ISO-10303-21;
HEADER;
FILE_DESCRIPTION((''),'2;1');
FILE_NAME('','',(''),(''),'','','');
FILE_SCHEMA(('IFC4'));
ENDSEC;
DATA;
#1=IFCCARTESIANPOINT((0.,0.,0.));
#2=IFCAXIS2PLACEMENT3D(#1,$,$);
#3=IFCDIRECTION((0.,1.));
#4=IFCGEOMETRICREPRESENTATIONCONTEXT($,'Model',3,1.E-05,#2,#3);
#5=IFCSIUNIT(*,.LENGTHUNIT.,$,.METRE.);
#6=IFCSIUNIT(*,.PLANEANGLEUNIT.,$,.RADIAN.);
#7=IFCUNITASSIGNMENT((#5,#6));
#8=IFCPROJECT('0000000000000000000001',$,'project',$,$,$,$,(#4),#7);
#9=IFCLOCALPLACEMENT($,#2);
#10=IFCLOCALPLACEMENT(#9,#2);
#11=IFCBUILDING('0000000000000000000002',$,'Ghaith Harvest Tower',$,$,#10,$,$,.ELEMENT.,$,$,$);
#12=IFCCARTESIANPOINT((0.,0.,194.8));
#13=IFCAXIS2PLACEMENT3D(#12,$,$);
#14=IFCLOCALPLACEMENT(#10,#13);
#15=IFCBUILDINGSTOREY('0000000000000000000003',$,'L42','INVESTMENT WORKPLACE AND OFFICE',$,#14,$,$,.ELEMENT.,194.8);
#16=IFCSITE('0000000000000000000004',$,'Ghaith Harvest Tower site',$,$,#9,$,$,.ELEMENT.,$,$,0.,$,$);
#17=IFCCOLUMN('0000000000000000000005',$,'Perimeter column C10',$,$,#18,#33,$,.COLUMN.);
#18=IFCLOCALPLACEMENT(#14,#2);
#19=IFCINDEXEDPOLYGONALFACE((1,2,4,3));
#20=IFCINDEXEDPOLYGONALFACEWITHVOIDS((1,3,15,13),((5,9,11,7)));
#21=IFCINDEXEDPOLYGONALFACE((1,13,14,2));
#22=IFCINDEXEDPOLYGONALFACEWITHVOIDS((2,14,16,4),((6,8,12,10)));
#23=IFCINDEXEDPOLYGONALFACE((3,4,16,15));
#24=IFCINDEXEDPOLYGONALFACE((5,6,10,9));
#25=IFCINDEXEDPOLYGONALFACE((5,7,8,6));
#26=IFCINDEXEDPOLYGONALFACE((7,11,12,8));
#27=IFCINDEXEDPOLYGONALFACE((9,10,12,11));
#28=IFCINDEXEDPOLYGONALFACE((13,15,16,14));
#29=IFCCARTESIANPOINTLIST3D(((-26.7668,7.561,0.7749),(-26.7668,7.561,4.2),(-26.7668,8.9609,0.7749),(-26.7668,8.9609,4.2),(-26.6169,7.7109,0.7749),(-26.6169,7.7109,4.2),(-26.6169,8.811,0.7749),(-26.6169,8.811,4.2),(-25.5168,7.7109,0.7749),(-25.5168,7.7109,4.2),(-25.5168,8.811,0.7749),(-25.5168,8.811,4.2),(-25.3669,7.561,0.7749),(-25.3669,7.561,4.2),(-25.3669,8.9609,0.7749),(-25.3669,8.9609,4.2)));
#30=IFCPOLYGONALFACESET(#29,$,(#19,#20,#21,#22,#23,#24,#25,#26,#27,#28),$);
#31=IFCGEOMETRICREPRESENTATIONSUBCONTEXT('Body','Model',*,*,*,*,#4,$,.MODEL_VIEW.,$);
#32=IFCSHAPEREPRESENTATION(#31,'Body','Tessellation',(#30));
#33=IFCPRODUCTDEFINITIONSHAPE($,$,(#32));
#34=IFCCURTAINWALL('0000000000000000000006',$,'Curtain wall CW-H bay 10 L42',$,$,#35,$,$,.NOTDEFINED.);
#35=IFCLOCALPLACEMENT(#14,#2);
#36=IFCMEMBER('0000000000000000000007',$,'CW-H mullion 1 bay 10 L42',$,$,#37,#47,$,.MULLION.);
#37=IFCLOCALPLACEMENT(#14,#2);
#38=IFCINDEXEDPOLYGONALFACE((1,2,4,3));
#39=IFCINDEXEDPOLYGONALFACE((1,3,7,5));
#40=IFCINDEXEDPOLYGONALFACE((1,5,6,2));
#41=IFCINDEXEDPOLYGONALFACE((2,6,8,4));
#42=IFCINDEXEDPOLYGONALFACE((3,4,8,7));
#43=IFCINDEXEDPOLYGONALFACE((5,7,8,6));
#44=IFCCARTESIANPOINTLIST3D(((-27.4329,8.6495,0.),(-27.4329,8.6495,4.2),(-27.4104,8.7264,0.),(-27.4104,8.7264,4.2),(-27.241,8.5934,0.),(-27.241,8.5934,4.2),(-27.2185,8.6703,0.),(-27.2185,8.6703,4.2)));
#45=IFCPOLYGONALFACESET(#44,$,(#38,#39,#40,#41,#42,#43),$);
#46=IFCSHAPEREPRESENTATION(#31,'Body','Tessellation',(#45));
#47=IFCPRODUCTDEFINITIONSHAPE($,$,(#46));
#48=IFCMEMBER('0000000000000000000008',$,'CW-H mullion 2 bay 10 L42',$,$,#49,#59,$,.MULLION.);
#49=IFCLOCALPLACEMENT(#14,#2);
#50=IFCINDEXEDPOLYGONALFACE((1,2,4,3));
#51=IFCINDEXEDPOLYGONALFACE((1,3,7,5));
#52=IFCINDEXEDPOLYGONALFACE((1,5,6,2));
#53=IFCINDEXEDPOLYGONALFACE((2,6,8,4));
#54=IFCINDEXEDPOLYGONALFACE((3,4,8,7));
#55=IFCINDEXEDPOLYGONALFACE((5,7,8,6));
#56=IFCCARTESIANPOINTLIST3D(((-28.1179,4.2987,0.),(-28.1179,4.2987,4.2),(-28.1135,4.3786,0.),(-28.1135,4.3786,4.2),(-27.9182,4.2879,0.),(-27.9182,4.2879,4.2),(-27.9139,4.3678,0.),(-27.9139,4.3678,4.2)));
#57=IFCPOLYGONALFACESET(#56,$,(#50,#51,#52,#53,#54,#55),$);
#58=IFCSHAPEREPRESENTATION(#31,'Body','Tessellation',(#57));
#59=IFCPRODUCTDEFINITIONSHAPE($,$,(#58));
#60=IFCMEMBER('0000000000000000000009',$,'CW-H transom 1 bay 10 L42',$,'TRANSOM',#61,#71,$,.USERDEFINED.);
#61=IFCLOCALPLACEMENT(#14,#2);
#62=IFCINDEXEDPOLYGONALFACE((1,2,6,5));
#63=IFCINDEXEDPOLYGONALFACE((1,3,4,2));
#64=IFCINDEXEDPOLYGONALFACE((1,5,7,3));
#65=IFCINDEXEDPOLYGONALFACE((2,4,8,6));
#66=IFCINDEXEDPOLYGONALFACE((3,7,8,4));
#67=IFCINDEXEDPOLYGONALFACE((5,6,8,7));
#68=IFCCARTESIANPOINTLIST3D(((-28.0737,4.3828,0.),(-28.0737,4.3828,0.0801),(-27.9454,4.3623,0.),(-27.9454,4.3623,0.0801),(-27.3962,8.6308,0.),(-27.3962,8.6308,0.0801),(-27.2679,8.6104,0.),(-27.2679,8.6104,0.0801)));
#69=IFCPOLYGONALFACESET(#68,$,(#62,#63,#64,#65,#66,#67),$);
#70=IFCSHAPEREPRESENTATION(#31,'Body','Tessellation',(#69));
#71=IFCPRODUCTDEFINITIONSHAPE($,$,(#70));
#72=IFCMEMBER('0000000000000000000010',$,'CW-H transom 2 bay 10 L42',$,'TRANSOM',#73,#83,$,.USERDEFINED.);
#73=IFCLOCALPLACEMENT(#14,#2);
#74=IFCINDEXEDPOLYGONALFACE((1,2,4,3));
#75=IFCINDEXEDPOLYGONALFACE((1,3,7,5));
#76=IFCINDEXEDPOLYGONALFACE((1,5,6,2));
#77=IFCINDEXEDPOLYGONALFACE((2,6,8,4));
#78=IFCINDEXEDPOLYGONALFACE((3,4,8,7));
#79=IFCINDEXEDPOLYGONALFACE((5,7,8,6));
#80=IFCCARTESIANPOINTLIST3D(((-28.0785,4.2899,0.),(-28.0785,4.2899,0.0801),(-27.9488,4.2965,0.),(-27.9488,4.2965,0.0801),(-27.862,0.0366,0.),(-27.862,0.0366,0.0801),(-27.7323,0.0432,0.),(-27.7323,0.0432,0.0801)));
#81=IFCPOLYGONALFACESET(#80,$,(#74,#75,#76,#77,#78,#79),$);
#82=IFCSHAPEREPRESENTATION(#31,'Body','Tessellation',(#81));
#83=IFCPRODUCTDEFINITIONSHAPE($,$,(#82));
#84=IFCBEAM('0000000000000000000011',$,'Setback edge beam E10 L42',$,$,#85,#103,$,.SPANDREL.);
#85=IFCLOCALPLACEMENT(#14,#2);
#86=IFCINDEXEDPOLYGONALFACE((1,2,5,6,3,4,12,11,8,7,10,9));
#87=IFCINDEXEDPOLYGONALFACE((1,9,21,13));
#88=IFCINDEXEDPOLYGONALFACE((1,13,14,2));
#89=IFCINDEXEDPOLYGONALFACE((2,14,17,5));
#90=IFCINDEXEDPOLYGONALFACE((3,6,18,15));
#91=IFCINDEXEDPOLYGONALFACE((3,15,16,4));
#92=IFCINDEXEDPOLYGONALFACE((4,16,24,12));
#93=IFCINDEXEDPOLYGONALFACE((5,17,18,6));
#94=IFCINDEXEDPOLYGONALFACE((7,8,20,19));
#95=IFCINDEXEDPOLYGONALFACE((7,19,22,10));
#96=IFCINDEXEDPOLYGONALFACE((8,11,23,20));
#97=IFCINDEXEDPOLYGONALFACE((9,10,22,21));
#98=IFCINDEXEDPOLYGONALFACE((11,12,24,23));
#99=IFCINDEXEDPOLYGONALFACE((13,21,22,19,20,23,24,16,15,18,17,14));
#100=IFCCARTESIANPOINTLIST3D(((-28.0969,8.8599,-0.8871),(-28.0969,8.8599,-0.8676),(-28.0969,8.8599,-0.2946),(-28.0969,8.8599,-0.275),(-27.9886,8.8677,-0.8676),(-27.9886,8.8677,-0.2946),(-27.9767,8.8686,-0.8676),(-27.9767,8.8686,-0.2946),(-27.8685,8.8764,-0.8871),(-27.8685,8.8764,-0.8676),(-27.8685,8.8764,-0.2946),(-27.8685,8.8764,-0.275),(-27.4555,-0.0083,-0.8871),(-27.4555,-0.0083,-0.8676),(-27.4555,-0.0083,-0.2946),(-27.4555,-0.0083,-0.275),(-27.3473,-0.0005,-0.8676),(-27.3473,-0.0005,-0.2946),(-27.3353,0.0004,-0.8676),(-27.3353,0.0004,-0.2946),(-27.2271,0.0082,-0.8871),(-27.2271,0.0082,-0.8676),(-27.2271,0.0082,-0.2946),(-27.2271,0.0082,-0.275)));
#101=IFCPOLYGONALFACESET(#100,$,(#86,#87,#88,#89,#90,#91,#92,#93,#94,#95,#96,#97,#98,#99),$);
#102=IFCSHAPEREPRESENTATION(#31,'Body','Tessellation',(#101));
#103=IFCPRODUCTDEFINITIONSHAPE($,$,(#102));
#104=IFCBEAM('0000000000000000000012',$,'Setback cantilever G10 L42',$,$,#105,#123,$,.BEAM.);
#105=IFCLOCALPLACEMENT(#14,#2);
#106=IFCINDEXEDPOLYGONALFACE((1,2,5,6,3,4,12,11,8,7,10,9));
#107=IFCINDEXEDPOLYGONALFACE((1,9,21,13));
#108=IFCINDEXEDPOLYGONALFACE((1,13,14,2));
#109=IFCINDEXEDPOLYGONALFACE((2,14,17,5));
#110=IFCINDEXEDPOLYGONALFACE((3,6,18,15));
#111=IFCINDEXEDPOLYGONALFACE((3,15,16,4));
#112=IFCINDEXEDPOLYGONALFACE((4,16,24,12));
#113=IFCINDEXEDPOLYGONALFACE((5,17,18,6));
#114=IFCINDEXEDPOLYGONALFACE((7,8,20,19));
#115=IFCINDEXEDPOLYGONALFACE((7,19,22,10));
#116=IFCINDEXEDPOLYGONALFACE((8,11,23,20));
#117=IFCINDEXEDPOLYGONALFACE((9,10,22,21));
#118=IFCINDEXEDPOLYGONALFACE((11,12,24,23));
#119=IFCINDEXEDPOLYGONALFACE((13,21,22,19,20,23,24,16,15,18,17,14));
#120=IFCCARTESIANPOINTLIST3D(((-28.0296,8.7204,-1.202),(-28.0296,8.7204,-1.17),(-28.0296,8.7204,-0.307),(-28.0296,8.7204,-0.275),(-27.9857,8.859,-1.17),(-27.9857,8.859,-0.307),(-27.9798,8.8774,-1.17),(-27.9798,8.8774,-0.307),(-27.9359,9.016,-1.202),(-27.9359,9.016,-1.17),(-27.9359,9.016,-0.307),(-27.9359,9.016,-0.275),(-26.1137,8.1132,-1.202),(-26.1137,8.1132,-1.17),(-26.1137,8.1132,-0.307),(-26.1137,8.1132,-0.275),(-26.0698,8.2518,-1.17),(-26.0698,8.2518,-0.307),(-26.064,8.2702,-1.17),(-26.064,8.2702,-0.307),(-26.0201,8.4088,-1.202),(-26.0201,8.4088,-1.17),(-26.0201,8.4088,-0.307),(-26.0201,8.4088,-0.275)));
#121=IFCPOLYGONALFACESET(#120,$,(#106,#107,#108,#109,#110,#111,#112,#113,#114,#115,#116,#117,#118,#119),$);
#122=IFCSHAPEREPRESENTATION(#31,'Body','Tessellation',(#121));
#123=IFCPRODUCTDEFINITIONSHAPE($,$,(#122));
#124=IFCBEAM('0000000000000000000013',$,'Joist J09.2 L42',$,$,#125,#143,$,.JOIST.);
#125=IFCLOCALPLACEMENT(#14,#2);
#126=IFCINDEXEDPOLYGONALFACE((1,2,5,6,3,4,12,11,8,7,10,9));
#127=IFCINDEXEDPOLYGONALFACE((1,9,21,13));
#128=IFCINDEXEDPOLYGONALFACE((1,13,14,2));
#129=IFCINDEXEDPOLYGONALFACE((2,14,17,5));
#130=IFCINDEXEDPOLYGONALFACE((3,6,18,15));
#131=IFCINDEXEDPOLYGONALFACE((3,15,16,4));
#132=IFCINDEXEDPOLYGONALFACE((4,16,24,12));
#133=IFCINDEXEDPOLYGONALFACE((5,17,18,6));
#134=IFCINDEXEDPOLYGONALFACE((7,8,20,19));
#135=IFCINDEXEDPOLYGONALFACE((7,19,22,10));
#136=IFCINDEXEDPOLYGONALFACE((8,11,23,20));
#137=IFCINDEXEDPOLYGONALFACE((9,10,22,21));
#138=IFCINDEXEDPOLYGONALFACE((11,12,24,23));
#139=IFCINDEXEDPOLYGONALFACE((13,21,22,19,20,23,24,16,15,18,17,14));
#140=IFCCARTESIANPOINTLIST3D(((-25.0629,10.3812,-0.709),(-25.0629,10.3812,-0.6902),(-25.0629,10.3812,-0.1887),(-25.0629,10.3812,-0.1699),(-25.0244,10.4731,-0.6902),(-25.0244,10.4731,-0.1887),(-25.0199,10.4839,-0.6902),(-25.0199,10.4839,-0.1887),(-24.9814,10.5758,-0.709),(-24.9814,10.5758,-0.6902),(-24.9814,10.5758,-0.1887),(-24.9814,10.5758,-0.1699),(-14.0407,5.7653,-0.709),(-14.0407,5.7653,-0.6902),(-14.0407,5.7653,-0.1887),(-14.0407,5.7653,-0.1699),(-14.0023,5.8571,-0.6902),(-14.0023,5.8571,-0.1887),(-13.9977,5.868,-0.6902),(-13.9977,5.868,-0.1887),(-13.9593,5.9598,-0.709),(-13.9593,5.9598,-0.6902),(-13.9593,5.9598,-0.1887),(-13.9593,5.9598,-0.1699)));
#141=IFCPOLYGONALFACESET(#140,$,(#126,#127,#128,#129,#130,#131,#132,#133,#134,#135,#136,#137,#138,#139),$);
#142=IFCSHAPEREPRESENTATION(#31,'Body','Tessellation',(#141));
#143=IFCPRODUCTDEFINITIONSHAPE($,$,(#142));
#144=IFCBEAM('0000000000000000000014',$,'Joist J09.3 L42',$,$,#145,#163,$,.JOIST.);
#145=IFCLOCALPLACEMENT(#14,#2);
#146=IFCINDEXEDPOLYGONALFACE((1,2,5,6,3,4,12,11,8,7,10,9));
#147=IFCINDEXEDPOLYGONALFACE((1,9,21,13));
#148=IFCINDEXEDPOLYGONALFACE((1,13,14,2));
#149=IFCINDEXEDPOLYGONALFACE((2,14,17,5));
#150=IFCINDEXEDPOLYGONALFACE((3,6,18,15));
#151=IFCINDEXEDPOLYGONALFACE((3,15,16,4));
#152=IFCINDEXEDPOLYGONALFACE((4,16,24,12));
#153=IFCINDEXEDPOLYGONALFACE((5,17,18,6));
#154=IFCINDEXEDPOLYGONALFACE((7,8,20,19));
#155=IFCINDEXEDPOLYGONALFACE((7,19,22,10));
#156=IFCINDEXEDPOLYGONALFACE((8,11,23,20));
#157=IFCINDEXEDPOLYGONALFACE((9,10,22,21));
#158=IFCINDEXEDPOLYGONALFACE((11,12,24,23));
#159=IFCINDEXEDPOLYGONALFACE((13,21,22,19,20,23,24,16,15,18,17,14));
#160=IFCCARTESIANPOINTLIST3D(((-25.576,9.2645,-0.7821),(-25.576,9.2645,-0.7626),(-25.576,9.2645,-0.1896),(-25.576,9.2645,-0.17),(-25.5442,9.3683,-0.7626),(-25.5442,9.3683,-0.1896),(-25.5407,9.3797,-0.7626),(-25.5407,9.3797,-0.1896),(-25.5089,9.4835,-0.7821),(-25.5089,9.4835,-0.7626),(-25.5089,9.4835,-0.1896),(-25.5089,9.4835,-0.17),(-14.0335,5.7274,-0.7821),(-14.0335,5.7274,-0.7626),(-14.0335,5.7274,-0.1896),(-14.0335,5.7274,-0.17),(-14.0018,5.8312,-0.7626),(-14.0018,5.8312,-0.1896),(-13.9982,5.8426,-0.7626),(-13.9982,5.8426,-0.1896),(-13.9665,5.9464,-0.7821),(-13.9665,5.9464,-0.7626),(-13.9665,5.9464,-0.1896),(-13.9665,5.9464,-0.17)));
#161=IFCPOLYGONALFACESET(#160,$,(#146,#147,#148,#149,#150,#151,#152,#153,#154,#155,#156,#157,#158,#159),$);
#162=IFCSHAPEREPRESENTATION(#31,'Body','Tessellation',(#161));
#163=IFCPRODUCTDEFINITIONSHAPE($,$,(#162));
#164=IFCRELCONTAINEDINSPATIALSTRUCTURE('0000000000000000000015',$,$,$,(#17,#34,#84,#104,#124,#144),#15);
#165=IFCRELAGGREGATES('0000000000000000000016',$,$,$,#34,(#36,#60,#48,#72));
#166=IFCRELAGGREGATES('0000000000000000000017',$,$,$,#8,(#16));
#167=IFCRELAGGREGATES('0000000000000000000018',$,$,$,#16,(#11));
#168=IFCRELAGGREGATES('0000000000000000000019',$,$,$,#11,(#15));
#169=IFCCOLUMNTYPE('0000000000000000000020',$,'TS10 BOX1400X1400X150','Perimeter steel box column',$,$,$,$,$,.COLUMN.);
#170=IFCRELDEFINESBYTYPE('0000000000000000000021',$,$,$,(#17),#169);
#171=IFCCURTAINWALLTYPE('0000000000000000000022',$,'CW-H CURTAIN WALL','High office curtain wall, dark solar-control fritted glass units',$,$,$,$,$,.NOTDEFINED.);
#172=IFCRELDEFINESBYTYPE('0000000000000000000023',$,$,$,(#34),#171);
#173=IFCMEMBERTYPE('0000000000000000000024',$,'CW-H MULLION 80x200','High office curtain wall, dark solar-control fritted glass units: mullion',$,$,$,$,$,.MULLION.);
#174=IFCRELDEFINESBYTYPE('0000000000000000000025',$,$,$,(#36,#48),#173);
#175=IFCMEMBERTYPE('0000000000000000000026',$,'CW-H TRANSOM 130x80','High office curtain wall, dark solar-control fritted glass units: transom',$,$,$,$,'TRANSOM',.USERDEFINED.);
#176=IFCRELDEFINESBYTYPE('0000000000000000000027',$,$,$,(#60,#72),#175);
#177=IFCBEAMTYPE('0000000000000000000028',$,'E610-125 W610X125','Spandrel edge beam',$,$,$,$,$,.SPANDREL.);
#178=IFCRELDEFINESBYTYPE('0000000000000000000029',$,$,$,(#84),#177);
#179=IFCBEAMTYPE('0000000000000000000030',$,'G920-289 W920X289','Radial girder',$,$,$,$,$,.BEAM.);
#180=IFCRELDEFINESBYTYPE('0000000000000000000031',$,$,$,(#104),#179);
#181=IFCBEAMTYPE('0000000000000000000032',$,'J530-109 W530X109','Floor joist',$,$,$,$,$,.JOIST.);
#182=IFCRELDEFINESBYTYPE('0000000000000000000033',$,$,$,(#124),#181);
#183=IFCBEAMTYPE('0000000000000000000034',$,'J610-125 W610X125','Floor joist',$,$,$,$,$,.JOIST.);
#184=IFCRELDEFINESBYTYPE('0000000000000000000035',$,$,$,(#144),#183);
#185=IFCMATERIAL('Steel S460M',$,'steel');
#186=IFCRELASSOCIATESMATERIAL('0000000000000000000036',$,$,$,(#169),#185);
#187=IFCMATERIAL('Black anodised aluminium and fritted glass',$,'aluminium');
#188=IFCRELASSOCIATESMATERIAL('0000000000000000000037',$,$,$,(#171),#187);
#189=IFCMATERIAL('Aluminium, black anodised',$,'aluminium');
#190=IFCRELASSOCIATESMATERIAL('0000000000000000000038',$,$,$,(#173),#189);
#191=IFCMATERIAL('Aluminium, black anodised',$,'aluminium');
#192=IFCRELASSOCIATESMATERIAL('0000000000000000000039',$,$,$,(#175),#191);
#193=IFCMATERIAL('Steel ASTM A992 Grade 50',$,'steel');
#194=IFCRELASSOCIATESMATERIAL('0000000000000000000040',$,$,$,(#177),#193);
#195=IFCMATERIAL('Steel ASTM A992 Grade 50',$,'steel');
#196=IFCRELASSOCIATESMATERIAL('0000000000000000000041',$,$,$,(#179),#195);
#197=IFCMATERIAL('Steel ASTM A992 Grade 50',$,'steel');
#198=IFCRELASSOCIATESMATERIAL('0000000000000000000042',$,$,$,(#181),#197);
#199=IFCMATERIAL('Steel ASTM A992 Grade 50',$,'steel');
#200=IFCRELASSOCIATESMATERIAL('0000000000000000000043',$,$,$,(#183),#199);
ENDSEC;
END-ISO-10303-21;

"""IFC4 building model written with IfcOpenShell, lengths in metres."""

from ifc_helpers import new_model, si_unit, direction, frame, origin, origin_2d, place, context, subcontext, project, spatial, rectangle, hollow_rectangle, i_section, extrude, material, material_profile, profile_set, type_object, element, aggregate, save


model = new_model("IFC4")

# Units and contexts
model_context = context("Model", 3, precision=1e-05, world=origin(), true_north=direction((0.0, 1.0)))
body_context = subcontext(model_context, "Body", "Model", "MODEL_VIEW")
ifc_project = project(units=[si_unit("LENGTHUNIT", "METRE"), si_unit("PLANEANGLEUNIT", "RADIAN")], contexts=[model_context])

# Site, building, storey
site_placement = place(None, origin())
site = spatial("IfcSite", under=ifc_project, at=site_placement, Name="Ghaith Harvest Tower site", CompositionType="ELEMENT", RefElevation=0.0)
building_placement = place(site_placement, origin())
building = spatial("IfcBuilding", under=site, at=building_placement, Name="Ghaith Harvest Tower", CompositionType="ELEMENT")
storey_placement = place(building_placement, frame((0.0, 0.0, 194.8)))
storey = spatial("IfcBuildingStorey", under=building, at=storey_placement, Name="L42", Description="INVESTMENT WORKPLACE AND OFFICE", CompositionType="ELEMENT", Elevation=194.8)

# Column
ifc_material_1 = material(Name="Steel S460M", Category="steel")
ifc_material_profile_1 = material_profile(ifc_material_1, hollow_rectangle(XDim=1.3999, YDim=1.3999, WallThickness=0.1499, at=origin_2d()), Name="BOX1400X1400X150")
ifc_profile_set_1 = profile_set([ifc_material_profile_1], Name="Steel S460M")
column_type = type_object("IfcColumnType", Name="TS10 BOX1400X1400X150", Description="Perimeter steel box column", PredefinedType="COLUMN", material=ifc_profile_set_1)
column_placement = place(storey_placement, frame((-26.0669, 8.261, 0.7749), z_axis=(0.0, 0.0, 1.0), x_axis=(1.0, 0.0, 0.0)))
element("IfcColumn", 1, at=column_placement, inside=storey, type_object=column_type, Name="Perimeter column C10", PredefinedType="COLUMN", context=body_context, shape_type="SweptSolid", body=[
    extrude(hollow_rectangle(XDim=1.3999, YDim=1.3999, WallThickness=0.1499, at=origin_2d()), origin(), (0.0, 0.0, 1.0), 3.425),
])

# Curtain wall, members
ifc_material_2 = material(Name="Black anodised aluminium and fritted glass", Category="aluminium")
curtain_wall_type = type_object("IfcCurtainWallType", Name="CW-H CURTAIN WALL", Description="High office curtain wall, dark solar-control fritted glass units", PredefinedType="NOTDEFINED", material=ifc_material_2)
curtain_wall_1_placement = place(storey_placement, origin())
curtain_wall_1 = element("IfcCurtainWall", 2, at=curtain_wall_1_placement, inside=storey, type_object=curtain_wall_type, Name="Curtain wall CW-H bay 10 L42", PredefinedType="NOTDEFINED")
ifc_material_3 = material(Name="Aluminium, black anodised", Category="aluminium")
ifc_material_profile_2 = material_profile(ifc_material_3, rectangle(XDim=0.0801, YDim=0.2, at=origin_2d()), Name="CW-H MULLION 80x200")
ifc_profile_set_2 = profile_set([ifc_material_profile_2], Name="Aluminium, black anodised")
member_type_1 = type_object("IfcMemberType", Name="CW-H MULLION 80x200", Description="High office curtain wall, dark solar-control fritted glass units: mullion", PredefinedType="MULLION", material=ifc_profile_set_2)
member_1_placement = place(storey_placement, frame((-27.3257, 8.6599, 0.0), z_axis=(0.0, 0.0, 1.0), x_axis=(-0.28052, -0.959848, 0.0)))
member_1 = element("IfcMember", 3, at=member_1_placement, type_object=member_type_1, Name="CW-H mullion 1 bay 10 L42", PredefinedType="MULLION", context=body_context, shape_type="SweptSolid", body=[
    extrude(rectangle(XDim=0.0801, YDim=0.2, at=origin_2d()), origin(), (0.0, 0.0, 1.0), 4.2),
])
member_2_placement = place(storey_placement, frame((-28.0159, 4.3333, 0.0), z_axis=(0.0, 0.0, 1.0), x_axis=(-0.054116, -0.998535, 0.0)))
member_2 = element("IfcMember", 4, at=member_2_placement, type_object=member_type_1, Name="CW-H mullion 2 bay 10 L42", PredefinedType="MULLION", context=body_context, shape_type="SweptSolid", body=[
    extrude(rectangle(XDim=0.0801, YDim=0.2, at=origin_2d()), origin(), (0.0, 0.0, 1.0), 4.2),
])
ifc_material_4 = material(Name="Aluminium, black anodised", Category="aluminium")
ifc_material_profile_3 = material_profile(ifc_material_4, rectangle(XDim=0.1299, YDim=0.0801, at=origin_2d()), Name="CW-H TRANSOM 130x80")
ifc_profile_set_3 = profile_set([ifc_material_profile_3], Name="Aluminium, black anodised")
member_type_2 = type_object("IfcMemberType", Name="CW-H TRANSOM 130x80", Description="High office curtain wall, dark solar-control fritted glass units: transom", ElementType="TRANSOM", PredefinedType="USERDEFINED", material=ifc_profile_set_3)
member_3_placement = place(storey_placement, frame((-27.332, 8.6206, 0.04), z_axis=(-0.157492, -0.98752, 0.0), x_axis=(0.98752, -0.157492, 0.0)))
member_3 = element("IfcMember", 5, at=member_3_placement, type_object=member_type_2, Name="CW-H transom 1 bay 10 L42", ObjectType="TRANSOM", PredefinedType="USERDEFINED", context=body_context, shape_type="SweptSolid", body=[
    extrude(rectangle(XDim=0.1299, YDim=0.0801, at=origin_2d()), origin(), (0.0, 0.0, 1.0), 4.3018),
])
member_4_placement = place(storey_placement, frame((-28.0137, 4.2932, 0.04), z_axis=(0.05085, -0.998706, 0.0), x_axis=(0.998706, 0.05085, 0.0)))
member_4 = element("IfcMember", 6, at=member_4_placement, type_object=member_type_2, Name="CW-H transom 2 bay 10 L42", ObjectType="TRANSOM", PredefinedType="USERDEFINED", context=body_context, shape_type="SweptSolid", body=[
    extrude(rectangle(XDim=0.1299, YDim=0.0801, at=origin_2d()), origin(), (0.0, 0.0, 1.0), 4.2588),
])

# Beams
ifc_material_5 = material(Name="Steel ASTM A992 Grade 50", Category="steel")
ifc_material_profile_4 = material_profile(ifc_material_5, i_section(OverallWidth=0.229, OverallDepth=0.6121, WebThickness=0.012, FlangeThickness=0.0195, at=origin_2d()), Name="W610X125")
ifc_profile_set_4 = profile_set([ifc_material_profile_4], Name="Steel ASTM A992 Grade 50")
beam_type_1 = type_object("IfcBeamType", Name="E610-125 W610X125", Description="Spandrel edge beam", PredefinedType="SPANDREL", material=ifc_profile_set_4)
beam_1_placement = place(storey_placement, frame((-27.9827, 8.8682, -0.5811), z_axis=(0.072133, -0.997395, 0.0), x_axis=(0.997395, 0.072133, 0.0)))
element("IfcBeam", 7, at=beam_1_placement, inside=storey, type_object=beam_type_1, Name="Setback edge beam E10 L42", PredefinedType="SPANDREL", context=body_context, shape_type="SweptSolid", body=[
    extrude(i_section(OverallWidth=0.229, OverallDepth=0.6121, WebThickness=0.012, FlangeThickness=0.0195, at=origin_2d()), origin(), (0.0, 0.0, 1.0), 8.8914),
])
ifc_material_6 = material(Name="Steel ASTM A992 Grade 50", Category="steel")
ifc_material_profile_5 = material_profile(ifc_material_6, i_section(OverallWidth=0.3101, OverallDepth=0.927, WebThickness=0.0193, FlangeThickness=0.032, at=origin_2d()), Name="W920X289")
ifc_profile_set_5 = profile_set([ifc_material_profile_5], Name="Steel ASTM A992 Grade 50")
beam_type_2 = type_object("IfcBeamType", Name="G920-289 W920X289", Description="Radial girder", PredefinedType="BEAM", material=ifc_profile_set_5)
beam_2_placement = place(storey_placement, frame((-26.0669, 8.261, -0.7385), z_axis=(-0.953268, 0.302125, 0.0), x_axis=(-0.302125, -0.953268, 0.0)))
element("IfcBeam", 8, at=beam_2_placement, inside=storey, type_object=beam_type_2, Name="Setback cantilever G10 L42", PredefinedType="BEAM", context=body_context, shape_type="SweptSolid", body=[
    extrude(i_section(OverallWidth=0.3101, OverallDepth=0.927, WebThickness=0.0193, FlangeThickness=0.032, at=origin_2d()), origin(), (0.0, 0.0, 1.0), 2.0098),
])
ifc_material_7 = material(Name="Steel ASTM A992 Grade 50", Category="steel")
ifc_material_profile_6 = material_profile(ifc_material_7, i_section(OverallWidth=0.2109, OverallDepth=0.5391, WebThickness=0.0117, FlangeThickness=0.0188, at=origin_2d()), Name="W530X109")
ifc_profile_set_6 = profile_set([ifc_material_profile_6], Name="Steel ASTM A992 Grade 50")
beam_type_3 = type_object("IfcBeamType", Name="J530-109 W530X109", Description="Floor joist", PredefinedType="JOIST", material=ifc_profile_set_6)
beam_3_placement = place(storey_placement, frame((-14.0, 5.8625, -0.4395), z_axis=(-0.922381, 0.386282, 0.0), x_axis=(-0.386282, -0.922381, 0.0)))
element("IfcBeam", 9, at=beam_3_placement, inside=storey, type_object=beam_type_3, Name="Joist J09.2 L42", PredefinedType="JOIST", context=body_context, shape_type="SweptSolid", body=[
    extrude(i_section(OverallWidth=0.2109, OverallDepth=0.5391, WebThickness=0.0117, FlangeThickness=0.0188, at=origin_2d()), origin(), (0.0, 0.0, 1.0), 11.9497),
])
ifc_material_8 = material(Name="Steel ASTM A992 Grade 50", Category="steel")
ifc_material_profile_7 = material_profile(ifc_material_8, i_section(OverallWidth=0.229, OverallDepth=0.6121, WebThickness=0.012, FlangeThickness=0.0195, at=origin_2d()), Name="W610X125")
ifc_profile_set_7 = profile_set([ifc_material_profile_7], Name="Steel ASTM A992 Grade 50")
beam_type_4 = type_object("IfcBeamType", Name="J610-125 W610X125", Description="Floor joist", PredefinedType="JOIST", material=ifc_profile_set_7)
beam_4_placement = place(storey_placement, frame((-14.0, 5.8369, -0.4761), z_axis=(-0.956114, 0.292994, 0.0), x_axis=(-0.292994, -0.956114, 0.0)))
element("IfcBeam", 10, at=beam_4_placement, inside=storey, type_object=beam_type_4, Name="Joist J09.3 L42", PredefinedType="JOIST", context=body_context, shape_type="SweptSolid", body=[
    extrude(i_section(OverallWidth=0.229, OverallDepth=0.6121, WebThickness=0.012, FlangeThickness=0.0195, at=origin_2d()), origin(), (0.0, 0.0, 1.0), 12.0723),
])

aggregate(curtain_wall_1, [member_1, member_3, member_2, member_4])

save(model, "model.ifc")
